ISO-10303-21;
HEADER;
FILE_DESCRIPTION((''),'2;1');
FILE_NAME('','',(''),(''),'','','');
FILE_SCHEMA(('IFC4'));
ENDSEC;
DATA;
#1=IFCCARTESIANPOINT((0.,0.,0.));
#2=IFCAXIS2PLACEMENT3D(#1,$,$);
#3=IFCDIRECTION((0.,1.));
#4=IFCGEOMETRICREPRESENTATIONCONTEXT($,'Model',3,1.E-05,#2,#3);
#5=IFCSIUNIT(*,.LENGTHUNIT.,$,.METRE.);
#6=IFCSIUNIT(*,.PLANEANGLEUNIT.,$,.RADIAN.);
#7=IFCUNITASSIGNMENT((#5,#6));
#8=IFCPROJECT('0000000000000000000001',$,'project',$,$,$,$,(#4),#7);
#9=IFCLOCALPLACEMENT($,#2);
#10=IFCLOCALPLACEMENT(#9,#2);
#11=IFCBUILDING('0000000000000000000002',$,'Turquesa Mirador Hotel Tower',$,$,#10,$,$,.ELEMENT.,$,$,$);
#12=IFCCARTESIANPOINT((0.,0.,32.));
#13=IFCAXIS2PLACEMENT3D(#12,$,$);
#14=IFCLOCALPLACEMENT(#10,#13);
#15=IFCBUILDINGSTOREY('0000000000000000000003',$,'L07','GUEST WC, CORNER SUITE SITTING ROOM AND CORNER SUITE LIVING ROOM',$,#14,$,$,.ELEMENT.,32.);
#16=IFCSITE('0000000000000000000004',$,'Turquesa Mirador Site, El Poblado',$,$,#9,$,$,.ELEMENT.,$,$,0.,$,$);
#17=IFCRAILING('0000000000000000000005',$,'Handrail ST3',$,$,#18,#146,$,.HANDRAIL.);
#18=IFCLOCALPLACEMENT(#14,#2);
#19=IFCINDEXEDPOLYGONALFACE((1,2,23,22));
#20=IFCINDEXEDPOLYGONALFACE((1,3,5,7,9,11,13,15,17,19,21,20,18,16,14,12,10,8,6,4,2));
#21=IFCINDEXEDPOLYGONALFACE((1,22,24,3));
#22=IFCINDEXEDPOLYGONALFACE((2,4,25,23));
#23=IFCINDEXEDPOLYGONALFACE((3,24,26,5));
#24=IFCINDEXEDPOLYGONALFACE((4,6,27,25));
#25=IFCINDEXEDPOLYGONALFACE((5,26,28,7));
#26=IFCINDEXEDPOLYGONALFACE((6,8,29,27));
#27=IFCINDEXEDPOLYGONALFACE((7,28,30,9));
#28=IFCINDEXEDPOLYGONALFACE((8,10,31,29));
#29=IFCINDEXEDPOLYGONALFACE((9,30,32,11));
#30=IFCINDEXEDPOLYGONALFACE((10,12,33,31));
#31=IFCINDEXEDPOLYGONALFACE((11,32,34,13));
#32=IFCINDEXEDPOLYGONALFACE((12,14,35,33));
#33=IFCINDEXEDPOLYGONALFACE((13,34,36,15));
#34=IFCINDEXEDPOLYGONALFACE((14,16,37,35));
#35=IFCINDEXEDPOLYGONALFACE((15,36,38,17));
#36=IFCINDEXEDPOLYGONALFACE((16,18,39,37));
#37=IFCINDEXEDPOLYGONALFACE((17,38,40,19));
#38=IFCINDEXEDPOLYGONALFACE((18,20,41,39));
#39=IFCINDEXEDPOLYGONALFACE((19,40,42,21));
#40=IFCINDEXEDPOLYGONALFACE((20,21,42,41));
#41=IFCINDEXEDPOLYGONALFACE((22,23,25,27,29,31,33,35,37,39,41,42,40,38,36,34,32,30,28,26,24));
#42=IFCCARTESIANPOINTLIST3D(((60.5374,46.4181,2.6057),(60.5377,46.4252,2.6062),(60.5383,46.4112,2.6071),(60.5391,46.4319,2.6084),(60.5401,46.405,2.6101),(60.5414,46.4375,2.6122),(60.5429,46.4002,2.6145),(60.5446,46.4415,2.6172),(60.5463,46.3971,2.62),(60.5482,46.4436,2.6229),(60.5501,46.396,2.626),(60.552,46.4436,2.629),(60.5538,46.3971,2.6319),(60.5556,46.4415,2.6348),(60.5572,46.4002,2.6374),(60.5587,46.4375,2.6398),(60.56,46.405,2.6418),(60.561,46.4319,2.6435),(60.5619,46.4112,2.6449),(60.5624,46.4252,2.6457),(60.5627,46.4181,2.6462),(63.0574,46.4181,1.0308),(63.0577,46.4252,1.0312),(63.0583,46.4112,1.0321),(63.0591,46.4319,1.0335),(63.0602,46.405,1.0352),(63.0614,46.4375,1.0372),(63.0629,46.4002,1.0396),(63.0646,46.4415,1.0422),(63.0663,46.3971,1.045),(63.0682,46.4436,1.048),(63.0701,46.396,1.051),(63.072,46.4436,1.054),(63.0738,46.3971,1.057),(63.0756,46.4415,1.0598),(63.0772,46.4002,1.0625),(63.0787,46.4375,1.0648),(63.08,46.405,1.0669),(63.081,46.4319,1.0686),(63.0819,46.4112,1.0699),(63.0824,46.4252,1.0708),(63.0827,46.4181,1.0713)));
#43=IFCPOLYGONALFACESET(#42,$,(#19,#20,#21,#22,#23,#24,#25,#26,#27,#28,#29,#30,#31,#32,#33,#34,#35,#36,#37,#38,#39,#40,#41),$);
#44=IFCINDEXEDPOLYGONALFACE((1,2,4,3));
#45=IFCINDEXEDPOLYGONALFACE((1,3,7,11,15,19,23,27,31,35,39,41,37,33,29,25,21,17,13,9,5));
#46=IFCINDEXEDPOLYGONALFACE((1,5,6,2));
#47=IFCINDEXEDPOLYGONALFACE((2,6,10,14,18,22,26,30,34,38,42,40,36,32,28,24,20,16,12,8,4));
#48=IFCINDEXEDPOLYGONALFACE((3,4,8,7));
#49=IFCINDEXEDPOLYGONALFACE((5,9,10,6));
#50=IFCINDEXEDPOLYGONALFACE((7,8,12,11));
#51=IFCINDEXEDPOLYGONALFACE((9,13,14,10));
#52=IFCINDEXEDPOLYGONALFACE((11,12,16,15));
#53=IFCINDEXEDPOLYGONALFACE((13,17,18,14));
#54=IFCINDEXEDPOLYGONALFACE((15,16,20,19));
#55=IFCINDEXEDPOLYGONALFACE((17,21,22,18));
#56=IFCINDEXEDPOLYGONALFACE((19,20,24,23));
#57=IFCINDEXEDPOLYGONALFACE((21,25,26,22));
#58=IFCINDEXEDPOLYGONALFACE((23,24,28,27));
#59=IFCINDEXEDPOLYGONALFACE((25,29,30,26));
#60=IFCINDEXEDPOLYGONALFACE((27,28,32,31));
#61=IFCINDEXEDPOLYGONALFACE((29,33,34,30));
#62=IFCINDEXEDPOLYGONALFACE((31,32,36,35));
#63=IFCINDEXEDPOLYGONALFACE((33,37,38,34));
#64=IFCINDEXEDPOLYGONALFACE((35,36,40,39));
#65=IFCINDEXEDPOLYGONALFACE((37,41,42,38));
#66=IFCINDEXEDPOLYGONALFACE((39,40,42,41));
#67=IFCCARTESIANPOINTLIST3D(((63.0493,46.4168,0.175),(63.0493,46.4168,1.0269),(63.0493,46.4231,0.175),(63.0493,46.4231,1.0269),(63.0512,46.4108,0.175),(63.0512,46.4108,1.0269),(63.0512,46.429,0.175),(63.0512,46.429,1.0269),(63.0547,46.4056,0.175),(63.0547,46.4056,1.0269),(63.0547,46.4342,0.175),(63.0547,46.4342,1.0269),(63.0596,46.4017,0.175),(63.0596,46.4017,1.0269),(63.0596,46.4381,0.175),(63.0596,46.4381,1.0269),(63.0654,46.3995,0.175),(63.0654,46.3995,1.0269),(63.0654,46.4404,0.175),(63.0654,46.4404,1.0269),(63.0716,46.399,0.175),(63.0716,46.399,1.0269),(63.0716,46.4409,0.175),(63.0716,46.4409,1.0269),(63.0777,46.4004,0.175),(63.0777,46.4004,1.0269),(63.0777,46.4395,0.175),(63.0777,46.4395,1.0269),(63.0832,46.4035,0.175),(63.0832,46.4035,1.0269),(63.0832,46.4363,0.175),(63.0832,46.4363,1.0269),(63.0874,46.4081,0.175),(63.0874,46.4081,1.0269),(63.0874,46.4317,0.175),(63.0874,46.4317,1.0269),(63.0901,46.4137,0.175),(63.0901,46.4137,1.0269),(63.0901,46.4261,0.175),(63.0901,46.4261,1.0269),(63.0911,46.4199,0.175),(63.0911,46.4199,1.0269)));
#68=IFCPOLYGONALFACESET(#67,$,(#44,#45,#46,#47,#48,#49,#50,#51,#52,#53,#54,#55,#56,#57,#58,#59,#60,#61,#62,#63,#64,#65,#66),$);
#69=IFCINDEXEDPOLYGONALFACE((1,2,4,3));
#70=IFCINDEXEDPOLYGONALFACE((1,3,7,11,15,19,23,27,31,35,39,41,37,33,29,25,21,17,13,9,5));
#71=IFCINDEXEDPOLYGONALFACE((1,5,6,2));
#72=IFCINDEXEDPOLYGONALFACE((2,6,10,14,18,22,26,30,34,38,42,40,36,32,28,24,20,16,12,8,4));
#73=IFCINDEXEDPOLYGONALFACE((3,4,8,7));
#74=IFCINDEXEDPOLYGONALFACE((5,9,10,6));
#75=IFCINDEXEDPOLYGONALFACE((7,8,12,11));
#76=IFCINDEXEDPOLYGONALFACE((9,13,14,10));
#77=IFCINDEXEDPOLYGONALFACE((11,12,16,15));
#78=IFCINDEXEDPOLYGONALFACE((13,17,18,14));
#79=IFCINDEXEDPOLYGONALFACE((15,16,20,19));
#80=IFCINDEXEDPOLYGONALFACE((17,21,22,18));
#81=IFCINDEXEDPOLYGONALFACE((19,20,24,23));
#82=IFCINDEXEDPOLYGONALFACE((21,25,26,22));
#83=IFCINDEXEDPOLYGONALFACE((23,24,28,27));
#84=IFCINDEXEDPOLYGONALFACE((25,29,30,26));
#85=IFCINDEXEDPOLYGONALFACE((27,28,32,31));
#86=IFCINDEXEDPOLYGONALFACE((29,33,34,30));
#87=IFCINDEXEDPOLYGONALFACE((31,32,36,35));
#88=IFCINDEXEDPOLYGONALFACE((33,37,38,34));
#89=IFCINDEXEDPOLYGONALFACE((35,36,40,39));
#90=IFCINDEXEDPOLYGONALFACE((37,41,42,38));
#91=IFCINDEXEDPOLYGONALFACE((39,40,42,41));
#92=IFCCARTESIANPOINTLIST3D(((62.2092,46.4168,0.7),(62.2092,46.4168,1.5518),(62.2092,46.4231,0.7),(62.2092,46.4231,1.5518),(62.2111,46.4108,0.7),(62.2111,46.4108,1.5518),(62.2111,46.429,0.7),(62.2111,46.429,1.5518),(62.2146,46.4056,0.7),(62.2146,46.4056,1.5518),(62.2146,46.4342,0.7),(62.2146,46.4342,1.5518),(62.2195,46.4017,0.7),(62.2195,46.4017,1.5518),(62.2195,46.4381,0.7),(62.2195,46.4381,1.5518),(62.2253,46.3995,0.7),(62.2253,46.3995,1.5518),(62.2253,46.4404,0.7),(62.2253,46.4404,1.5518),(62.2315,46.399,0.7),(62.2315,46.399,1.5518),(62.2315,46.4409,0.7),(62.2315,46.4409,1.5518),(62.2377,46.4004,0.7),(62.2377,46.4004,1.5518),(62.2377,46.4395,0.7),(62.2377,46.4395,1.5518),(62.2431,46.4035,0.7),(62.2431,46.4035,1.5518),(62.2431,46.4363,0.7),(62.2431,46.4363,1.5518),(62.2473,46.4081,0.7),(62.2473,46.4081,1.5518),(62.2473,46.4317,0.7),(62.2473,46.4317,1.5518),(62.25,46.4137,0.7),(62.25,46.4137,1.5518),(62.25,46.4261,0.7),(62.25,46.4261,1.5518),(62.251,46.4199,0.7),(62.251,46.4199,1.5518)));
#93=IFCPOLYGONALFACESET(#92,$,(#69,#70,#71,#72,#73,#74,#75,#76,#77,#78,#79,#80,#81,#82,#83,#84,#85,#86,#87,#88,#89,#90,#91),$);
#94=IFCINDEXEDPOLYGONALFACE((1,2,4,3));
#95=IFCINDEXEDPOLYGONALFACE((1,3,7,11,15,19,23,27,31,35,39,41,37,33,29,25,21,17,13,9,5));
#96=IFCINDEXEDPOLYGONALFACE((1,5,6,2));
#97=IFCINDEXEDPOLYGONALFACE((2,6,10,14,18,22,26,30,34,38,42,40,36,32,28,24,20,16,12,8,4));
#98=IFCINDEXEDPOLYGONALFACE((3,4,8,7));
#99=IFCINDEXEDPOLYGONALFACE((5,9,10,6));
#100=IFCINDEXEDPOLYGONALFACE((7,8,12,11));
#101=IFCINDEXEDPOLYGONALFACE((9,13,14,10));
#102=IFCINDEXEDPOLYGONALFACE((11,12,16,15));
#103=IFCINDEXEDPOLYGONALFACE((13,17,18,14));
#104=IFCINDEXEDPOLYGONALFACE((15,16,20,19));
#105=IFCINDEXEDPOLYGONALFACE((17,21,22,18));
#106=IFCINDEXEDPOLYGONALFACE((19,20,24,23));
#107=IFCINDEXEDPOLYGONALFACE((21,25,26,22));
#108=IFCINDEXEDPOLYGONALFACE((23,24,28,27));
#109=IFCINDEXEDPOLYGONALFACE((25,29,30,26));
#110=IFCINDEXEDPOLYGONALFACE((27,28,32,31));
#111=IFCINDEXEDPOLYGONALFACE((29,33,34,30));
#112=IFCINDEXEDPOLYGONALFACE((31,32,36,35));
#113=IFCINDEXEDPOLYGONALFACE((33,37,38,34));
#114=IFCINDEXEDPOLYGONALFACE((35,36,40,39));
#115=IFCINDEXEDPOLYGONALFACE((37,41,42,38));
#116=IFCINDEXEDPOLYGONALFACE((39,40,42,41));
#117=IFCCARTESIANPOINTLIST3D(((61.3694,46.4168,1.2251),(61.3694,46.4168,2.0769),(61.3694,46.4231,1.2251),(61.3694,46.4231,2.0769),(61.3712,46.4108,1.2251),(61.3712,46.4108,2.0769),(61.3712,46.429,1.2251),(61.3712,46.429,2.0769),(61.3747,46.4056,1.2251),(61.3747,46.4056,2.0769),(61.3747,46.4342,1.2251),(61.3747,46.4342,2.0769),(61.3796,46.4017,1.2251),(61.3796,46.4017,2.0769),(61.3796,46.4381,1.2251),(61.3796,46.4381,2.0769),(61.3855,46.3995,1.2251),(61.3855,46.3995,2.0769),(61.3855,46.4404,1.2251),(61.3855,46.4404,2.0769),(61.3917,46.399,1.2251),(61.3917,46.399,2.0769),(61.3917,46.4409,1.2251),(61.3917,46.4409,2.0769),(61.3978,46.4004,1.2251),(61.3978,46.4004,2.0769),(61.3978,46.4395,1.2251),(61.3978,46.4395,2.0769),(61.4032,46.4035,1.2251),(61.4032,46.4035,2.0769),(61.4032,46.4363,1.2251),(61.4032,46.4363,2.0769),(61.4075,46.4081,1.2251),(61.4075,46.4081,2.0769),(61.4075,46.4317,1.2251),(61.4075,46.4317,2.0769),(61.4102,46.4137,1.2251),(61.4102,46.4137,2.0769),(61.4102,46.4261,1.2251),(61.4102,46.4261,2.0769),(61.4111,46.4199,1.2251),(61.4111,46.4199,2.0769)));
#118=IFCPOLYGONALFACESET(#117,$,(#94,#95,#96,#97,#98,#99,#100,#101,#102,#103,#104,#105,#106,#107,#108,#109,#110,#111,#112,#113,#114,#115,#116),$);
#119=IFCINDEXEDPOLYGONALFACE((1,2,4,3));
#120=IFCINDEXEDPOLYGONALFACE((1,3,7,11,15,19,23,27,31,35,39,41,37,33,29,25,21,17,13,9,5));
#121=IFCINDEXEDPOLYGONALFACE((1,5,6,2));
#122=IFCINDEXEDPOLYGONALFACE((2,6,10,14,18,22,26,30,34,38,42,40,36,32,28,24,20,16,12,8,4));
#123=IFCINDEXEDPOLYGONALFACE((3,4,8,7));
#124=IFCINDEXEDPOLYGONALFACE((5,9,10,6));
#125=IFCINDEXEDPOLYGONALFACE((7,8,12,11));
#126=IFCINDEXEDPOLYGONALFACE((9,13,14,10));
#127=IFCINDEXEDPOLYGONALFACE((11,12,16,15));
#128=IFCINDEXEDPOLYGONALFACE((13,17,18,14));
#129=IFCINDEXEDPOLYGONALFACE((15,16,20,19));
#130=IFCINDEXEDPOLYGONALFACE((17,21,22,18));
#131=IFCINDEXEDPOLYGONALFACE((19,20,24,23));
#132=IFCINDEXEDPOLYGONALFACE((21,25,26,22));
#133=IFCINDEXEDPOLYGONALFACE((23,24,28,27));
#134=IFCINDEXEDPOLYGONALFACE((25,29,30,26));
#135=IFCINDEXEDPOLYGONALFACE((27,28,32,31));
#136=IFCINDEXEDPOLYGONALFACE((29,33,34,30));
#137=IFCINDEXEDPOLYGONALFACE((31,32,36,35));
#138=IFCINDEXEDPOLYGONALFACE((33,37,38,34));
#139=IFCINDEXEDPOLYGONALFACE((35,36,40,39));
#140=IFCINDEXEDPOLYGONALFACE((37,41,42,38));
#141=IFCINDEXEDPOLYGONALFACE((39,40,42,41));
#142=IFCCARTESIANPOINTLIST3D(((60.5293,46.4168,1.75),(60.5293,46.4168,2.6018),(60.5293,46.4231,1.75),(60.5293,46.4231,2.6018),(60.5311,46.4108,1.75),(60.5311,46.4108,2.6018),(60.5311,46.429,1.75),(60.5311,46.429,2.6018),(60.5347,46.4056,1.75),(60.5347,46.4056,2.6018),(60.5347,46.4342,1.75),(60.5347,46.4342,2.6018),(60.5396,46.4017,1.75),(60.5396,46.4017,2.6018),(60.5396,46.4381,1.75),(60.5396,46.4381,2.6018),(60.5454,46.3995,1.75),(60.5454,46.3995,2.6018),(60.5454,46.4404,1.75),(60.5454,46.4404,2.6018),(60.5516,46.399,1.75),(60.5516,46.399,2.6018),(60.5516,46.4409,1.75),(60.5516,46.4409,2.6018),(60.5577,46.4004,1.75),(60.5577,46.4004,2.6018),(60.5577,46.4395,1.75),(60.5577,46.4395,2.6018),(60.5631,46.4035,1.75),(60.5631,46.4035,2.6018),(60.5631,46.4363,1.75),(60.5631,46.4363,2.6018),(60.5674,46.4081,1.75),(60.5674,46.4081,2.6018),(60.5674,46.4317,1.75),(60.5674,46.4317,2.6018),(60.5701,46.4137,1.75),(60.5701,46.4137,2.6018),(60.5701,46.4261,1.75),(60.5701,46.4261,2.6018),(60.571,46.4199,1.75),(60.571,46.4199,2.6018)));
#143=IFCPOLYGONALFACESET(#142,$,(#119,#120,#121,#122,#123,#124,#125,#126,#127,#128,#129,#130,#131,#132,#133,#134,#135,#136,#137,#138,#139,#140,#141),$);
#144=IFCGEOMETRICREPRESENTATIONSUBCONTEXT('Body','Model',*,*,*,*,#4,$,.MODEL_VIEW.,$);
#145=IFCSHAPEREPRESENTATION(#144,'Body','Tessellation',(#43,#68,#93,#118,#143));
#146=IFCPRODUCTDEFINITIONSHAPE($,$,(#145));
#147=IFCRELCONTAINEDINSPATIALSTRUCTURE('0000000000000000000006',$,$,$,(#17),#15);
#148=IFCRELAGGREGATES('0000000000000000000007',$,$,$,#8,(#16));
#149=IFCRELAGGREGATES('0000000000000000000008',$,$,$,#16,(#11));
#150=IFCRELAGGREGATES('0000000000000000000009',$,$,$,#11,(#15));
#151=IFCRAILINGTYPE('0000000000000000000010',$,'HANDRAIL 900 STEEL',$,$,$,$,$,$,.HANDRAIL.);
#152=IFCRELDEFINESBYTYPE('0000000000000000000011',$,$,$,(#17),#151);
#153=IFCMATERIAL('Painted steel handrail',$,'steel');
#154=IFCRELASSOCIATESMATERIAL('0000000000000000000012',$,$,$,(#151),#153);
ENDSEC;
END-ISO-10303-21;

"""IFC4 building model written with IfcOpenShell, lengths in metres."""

from ifc_helpers import new_model, si_unit, direction, frame, origin, origin_2d, place, context, subcontext, project, spatial, circle, extrude, material, type_object, element, save


model = new_model("IFC4")

# Units and contexts
model_context = context("Model", 3, precision=1e-05, world=origin(), true_north=direction((0.0, 1.0)))
body_context = subcontext(model_context, "Body", "Model", "MODEL_VIEW")
ifc_project = project(units=[si_unit("LENGTHUNIT", "METRE"), si_unit("PLANEANGLEUNIT", "RADIAN")], contexts=[model_context])

# Site, building, storey
site_placement = place(None, origin())
site = spatial("IfcSite", under=ifc_project, at=site_placement, Name="Turquesa Mirador Site, El Poblado", CompositionType="ELEMENT", RefElevation=0.0)
building_placement = place(site_placement, origin())
building = spatial("IfcBuilding", under=site, at=building_placement, Name="Turquesa Mirador Hotel Tower", CompositionType="ELEMENT")
storey_placement = place(building_placement, frame((0.0, 0.0, 32.0)))
storey = spatial("IfcBuildingStorey", under=building, at=storey_placement, Name="L07", Description="GUEST WC, CORNER SUITE SITTING ROOM AND CORNER SUITE LIVING ROOM", CompositionType="ELEMENT", Elevation=32.0)

# Railing
ifc_material_1 = material(Name="Painted steel handrail", Category="steel")
railing_type = type_object("IfcRailingType", Name="HANDRAIL 900 STEEL", PredefinedType="HANDRAIL", material=ifc_material_1)
railing_1_placement = place(storey_placement, frame((63.0701, 46.4199, 0.175)))
element("IfcRailing", 1, at=railing_1_placement, inside=storey, type_object=railing_type, Name="Handrail ST3", PredefinedType="HANDRAIL", context=body_context, shape_type="SweptSolid", body=[
    extrude(circle(Radius=0.0239, at=origin_2d()), frame((0.0, 0.0, 0.876), z_axis=(-0.848008, 0.0, 0.529984), x_axis=(0.0, -1.0, 0.0)), (0.0, 0.0, 1.0), 2.9717),
    extrude(circle(Radius=0.021, at=origin_2d()), origin(), (0.0, 0.0, 1.0), 0.8518),
    extrude(circle(Radius=0.021, at=origin_2d()), frame((-0.8401, 0.0, 0.5249)), (0.0, 0.0, 1.0), 0.8518),
    extrude(circle(Radius=0.021, at=origin_2d()), frame((-1.6799, 0.0, 1.05)), (0.0, 0.0, 1.0), 0.8518),
    extrude(circle(Radius=0.021, at=origin_2d()), frame((-2.52, 0.0, 1.575)), (0.0, 0.0, 1.0), 0.8518),
])

save(model, "model.ifc")
